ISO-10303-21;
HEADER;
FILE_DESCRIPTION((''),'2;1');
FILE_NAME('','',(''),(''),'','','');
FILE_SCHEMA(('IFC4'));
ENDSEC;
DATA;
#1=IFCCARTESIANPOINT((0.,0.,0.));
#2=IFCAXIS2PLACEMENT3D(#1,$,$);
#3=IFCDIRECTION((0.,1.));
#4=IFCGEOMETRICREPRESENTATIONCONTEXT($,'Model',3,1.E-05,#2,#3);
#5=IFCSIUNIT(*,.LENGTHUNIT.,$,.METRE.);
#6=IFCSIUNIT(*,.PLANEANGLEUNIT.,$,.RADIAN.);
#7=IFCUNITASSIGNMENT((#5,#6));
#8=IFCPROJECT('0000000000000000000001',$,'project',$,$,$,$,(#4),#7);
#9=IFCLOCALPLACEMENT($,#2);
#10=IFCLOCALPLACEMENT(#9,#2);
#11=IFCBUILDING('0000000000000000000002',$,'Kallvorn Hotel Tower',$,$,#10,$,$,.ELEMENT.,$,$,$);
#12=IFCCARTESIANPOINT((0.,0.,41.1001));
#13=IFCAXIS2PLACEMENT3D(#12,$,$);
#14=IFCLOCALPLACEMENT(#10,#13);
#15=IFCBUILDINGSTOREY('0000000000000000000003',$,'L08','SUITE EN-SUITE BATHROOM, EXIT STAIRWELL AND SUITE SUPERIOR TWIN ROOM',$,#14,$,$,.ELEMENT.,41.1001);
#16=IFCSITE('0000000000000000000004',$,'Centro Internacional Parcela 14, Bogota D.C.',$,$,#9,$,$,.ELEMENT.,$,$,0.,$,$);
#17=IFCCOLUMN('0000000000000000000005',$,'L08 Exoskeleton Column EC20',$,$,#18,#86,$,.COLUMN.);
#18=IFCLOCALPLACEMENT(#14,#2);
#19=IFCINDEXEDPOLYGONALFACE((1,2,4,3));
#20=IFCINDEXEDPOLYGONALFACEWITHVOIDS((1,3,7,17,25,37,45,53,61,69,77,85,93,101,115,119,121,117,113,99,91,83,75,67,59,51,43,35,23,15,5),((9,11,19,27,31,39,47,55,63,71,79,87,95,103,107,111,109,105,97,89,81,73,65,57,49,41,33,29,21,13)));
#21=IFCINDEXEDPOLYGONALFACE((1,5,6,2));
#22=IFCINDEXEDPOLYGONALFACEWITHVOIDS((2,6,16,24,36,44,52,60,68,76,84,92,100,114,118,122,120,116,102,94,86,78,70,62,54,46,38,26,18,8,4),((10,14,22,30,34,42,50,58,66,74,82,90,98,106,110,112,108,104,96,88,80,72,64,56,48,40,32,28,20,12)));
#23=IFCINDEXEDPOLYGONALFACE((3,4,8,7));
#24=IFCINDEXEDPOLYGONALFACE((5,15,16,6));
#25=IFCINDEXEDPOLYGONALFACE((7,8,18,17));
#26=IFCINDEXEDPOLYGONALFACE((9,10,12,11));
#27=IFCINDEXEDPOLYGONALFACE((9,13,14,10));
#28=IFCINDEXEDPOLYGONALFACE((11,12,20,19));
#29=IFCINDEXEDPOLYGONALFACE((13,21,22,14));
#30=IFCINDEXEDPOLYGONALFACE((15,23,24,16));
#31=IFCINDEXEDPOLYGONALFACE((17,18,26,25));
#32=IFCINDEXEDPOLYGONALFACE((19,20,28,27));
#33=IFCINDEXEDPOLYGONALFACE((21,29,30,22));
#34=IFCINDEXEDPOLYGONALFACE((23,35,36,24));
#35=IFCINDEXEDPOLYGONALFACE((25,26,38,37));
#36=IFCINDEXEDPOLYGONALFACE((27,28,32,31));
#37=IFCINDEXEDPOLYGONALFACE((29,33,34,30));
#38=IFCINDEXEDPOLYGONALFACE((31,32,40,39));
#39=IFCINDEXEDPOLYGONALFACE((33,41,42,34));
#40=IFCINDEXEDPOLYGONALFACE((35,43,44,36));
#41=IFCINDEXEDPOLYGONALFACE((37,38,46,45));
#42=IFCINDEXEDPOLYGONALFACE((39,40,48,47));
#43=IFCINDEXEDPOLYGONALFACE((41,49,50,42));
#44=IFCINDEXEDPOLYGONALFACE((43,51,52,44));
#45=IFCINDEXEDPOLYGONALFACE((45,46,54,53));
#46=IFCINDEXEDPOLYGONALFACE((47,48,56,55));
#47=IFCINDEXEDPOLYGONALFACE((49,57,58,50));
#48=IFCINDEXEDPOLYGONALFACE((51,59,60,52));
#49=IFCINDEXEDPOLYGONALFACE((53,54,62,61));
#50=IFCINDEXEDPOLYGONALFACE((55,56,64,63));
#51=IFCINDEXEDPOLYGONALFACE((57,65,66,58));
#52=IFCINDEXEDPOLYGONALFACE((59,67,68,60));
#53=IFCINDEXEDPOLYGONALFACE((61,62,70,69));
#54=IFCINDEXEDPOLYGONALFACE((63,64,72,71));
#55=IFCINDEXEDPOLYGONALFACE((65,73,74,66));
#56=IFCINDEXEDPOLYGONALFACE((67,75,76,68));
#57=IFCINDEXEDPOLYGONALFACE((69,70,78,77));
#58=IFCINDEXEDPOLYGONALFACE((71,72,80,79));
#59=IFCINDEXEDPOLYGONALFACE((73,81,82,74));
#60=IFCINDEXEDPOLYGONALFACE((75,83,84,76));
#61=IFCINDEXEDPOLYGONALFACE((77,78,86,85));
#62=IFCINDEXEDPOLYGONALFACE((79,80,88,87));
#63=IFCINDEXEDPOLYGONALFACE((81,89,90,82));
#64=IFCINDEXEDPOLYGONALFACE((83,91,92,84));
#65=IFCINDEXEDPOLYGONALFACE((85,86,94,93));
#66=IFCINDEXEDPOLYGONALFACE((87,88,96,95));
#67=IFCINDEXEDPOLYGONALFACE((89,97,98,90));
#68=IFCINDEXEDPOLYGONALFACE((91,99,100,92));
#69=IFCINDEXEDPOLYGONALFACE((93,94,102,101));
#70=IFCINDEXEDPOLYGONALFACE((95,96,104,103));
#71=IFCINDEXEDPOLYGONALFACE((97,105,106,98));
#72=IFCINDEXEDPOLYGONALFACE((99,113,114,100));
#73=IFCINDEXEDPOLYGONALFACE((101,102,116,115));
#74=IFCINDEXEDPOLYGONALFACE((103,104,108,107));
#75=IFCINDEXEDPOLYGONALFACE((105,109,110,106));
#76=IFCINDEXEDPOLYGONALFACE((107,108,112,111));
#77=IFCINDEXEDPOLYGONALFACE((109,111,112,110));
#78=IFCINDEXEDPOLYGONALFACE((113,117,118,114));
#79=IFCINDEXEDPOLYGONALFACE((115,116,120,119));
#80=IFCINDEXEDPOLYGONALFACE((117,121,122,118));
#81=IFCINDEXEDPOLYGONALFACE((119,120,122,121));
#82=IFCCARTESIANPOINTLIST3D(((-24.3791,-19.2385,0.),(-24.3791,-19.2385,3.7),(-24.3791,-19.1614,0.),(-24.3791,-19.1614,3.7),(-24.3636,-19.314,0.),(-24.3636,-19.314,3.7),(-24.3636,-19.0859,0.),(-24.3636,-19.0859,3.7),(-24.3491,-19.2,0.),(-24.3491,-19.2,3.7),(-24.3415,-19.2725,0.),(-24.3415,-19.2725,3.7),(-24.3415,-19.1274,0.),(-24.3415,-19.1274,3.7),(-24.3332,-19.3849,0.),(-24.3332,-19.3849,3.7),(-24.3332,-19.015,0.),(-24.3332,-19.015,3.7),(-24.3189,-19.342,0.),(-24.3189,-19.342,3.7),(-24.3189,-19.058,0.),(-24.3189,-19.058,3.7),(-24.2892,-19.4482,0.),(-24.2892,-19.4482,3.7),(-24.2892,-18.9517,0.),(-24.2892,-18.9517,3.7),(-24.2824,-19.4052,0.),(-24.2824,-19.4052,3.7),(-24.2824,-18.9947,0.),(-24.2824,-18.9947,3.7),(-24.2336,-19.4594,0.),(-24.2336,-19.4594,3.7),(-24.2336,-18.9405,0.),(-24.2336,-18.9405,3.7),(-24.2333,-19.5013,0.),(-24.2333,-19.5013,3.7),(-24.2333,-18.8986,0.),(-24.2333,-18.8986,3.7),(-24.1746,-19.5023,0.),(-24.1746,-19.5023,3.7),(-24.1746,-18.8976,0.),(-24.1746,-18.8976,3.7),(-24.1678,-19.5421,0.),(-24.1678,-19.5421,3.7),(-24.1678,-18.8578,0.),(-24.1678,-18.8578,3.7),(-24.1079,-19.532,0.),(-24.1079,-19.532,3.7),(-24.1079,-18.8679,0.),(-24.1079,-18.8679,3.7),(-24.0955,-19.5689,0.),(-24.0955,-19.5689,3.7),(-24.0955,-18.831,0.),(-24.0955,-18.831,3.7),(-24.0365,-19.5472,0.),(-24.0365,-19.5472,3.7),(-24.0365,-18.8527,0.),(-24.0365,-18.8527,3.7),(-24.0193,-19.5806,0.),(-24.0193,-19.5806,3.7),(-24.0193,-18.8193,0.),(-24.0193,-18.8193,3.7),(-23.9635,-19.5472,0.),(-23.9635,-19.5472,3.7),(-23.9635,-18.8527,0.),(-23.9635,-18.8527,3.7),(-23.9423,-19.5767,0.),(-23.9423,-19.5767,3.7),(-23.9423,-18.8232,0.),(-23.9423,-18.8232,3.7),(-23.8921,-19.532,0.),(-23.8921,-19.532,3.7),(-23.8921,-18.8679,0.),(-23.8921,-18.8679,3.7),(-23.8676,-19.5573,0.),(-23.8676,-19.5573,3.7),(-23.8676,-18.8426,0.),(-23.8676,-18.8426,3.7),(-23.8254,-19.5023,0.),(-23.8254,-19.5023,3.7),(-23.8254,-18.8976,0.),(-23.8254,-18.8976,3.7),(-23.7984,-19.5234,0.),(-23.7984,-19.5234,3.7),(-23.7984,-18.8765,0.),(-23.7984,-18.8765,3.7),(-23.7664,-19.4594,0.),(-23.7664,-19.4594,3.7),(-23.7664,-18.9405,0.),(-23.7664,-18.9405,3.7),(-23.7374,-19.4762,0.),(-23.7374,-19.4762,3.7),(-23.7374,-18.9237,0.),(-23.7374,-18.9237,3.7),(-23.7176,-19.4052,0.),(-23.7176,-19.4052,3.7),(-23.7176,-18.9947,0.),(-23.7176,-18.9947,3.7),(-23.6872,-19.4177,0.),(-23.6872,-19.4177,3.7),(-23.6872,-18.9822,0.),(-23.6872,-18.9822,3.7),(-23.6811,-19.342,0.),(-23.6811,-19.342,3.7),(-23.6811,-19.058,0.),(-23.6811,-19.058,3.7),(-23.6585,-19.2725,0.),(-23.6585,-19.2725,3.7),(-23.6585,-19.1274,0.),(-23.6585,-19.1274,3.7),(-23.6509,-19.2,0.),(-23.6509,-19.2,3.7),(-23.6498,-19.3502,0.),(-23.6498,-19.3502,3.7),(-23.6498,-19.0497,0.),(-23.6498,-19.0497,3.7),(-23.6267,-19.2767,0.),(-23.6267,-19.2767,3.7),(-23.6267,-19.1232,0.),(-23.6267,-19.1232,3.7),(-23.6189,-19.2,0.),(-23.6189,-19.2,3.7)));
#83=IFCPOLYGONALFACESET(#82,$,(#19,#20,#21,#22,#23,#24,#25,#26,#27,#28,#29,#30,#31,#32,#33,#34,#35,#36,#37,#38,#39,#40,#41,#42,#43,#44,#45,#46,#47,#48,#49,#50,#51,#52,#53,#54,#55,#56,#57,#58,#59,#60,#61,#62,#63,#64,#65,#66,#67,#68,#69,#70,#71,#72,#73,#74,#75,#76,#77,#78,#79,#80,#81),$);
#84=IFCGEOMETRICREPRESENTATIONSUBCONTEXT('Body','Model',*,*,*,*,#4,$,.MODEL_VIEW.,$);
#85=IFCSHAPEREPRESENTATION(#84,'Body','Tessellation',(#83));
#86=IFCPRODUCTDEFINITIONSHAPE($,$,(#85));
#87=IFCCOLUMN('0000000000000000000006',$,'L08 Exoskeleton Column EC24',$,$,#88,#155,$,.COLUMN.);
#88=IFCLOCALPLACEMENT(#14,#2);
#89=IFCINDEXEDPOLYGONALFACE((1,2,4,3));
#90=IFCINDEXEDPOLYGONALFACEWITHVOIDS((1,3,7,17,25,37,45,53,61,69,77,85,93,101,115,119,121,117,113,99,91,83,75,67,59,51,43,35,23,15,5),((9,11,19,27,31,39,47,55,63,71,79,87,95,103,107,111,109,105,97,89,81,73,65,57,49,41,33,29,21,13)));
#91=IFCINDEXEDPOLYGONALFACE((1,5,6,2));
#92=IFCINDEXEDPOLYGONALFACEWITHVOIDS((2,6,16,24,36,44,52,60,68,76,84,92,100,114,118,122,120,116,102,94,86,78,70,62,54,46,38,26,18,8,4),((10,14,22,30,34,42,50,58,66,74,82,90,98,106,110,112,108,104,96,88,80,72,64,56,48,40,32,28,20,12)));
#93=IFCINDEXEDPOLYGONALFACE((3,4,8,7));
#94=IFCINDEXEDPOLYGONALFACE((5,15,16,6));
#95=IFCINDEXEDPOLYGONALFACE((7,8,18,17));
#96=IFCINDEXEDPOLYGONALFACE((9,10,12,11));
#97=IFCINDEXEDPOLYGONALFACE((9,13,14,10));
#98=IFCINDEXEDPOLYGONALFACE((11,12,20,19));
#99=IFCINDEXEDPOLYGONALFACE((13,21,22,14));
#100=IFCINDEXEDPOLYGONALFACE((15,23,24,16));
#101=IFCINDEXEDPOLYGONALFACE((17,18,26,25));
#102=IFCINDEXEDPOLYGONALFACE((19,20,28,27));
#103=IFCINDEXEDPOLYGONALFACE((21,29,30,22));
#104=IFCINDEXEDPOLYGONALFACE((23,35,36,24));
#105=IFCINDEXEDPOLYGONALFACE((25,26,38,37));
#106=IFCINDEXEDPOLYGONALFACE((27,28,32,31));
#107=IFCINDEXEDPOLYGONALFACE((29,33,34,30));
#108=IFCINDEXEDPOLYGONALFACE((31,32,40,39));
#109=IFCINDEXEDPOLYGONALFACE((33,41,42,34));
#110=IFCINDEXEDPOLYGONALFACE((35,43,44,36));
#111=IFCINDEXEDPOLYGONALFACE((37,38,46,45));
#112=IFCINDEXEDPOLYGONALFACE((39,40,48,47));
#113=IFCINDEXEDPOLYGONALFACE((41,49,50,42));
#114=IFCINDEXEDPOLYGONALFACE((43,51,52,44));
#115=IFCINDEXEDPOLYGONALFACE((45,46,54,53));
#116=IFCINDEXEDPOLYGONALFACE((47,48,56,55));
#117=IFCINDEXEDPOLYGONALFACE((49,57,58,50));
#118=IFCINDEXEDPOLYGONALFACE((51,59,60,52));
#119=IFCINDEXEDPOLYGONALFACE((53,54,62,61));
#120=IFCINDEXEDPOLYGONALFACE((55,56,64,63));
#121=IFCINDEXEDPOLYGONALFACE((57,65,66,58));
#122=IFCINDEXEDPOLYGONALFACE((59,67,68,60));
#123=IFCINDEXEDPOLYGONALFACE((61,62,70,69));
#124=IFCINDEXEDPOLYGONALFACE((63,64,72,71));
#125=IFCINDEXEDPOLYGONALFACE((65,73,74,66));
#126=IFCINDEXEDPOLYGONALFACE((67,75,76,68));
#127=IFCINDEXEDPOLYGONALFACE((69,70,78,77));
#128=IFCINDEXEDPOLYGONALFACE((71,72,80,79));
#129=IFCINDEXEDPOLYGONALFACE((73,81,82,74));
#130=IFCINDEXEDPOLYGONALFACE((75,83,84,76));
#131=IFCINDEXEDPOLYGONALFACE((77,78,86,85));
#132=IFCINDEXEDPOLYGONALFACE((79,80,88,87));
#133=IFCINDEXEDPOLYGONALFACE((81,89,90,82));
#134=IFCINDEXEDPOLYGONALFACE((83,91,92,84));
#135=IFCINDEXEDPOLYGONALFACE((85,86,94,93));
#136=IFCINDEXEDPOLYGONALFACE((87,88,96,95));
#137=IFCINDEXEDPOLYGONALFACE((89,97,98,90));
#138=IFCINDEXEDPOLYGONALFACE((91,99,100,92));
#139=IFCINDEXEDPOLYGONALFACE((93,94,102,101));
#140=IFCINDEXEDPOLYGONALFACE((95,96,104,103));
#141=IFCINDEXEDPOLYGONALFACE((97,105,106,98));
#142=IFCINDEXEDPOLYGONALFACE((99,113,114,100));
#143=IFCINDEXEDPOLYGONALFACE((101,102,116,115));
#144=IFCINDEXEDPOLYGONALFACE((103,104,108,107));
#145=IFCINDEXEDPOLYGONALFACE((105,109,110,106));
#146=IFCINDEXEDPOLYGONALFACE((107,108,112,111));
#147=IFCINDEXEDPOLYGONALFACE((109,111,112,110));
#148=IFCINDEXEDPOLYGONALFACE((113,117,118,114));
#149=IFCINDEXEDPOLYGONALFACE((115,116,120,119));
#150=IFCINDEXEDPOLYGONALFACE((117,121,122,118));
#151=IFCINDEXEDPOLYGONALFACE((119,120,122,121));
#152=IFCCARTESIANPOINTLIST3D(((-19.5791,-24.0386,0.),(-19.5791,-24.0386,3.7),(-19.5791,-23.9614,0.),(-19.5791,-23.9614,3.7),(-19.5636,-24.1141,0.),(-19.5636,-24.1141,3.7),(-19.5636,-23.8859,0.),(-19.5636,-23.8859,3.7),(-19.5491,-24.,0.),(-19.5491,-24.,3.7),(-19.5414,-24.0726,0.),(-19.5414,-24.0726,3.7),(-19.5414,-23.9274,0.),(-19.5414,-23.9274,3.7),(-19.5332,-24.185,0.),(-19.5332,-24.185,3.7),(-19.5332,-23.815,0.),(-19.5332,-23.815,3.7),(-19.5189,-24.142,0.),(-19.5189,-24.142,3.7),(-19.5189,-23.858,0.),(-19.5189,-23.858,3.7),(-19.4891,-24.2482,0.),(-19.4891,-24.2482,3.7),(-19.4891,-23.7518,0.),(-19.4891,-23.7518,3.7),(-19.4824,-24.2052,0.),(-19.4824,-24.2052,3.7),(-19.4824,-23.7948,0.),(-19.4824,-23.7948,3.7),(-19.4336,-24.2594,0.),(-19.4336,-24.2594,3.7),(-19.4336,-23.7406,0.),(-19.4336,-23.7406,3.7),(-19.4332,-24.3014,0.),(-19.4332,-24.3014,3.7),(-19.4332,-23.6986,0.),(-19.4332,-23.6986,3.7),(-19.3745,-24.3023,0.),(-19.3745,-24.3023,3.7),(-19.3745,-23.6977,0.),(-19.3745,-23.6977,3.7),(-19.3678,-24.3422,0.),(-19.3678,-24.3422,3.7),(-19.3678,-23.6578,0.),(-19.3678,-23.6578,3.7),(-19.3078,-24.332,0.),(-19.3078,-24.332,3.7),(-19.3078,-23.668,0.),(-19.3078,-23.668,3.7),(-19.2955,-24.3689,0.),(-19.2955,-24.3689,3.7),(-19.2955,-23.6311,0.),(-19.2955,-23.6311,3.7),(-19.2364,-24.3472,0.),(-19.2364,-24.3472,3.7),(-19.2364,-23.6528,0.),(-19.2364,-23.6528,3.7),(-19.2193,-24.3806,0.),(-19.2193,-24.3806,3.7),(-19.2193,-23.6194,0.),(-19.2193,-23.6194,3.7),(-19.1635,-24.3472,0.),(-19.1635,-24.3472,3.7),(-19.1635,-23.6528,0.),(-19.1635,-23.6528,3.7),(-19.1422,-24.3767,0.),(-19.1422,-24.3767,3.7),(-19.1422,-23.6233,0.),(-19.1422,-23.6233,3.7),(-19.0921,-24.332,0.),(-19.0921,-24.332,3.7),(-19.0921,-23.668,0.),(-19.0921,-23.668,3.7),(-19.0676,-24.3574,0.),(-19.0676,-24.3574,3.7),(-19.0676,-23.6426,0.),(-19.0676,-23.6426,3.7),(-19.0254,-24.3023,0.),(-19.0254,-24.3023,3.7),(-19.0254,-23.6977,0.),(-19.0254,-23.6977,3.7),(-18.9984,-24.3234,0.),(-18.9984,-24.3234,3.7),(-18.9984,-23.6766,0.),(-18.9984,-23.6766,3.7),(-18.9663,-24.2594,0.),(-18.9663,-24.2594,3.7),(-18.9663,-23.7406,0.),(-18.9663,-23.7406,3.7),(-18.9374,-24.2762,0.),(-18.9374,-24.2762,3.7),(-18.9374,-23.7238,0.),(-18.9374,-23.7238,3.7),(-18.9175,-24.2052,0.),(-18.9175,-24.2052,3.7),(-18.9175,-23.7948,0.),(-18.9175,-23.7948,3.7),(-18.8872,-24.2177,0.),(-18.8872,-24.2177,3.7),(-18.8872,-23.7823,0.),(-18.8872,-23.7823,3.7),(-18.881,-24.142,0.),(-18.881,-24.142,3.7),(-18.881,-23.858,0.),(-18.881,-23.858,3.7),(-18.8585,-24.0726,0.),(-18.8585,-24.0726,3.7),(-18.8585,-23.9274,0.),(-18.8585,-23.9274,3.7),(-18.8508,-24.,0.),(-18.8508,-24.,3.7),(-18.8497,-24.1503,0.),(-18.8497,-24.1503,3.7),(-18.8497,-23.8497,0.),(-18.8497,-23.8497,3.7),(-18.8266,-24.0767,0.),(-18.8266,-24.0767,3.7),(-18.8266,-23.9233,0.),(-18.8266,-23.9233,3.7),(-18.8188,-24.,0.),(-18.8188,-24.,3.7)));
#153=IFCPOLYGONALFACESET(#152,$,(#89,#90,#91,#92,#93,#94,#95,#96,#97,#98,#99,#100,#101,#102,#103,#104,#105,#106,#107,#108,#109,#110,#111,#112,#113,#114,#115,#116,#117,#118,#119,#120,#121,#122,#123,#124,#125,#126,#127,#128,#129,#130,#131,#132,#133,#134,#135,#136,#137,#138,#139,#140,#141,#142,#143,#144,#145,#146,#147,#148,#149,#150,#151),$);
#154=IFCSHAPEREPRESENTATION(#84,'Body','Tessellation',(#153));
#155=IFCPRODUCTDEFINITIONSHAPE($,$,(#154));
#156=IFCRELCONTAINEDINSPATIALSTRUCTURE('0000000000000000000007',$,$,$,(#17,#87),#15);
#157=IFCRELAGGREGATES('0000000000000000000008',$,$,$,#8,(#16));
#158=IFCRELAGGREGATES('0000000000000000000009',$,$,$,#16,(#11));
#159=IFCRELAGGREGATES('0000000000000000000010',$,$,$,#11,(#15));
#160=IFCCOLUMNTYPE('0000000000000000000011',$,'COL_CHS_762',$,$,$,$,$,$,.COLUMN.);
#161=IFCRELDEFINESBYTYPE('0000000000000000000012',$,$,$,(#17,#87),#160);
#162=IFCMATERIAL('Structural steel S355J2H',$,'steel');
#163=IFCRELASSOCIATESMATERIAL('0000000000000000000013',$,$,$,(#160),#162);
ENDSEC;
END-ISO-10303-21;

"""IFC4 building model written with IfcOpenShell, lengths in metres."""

from ifc_helpers import new_model, si_unit, direction, frame, origin, origin_2d, place, context, subcontext, project, spatial, hollow_circle, extrude, material, material_profile, profile_set, type_object, element, save


model = new_model("IFC4")

# Units and contexts
model_context = context("Model", 3, precision=1e-05, world=origin(), true_north=direction((0.0, 1.0)))
body_context = subcontext(model_context, "Body", "Model", "MODEL_VIEW")
ifc_project = project(units=[si_unit("LENGTHUNIT", "METRE"), si_unit("PLANEANGLEUNIT", "RADIAN")], contexts=[model_context])

# Site, building, storey
site_placement = place(None, origin())
site = spatial("IfcSite", under=ifc_project, at=site_placement, Name="Centro Internacional Parcela 14, Bogota D.C.", CompositionType="ELEMENT", RefElevation=0.0)
building_placement = place(site_placement, origin())
building = spatial("IfcBuilding", under=site, at=building_placement, Name="Kallvorn Hotel Tower", CompositionType="ELEMENT")
storey_placement = place(building_placement, frame((0.0, 0.0, 41.1001)))
storey = spatial("IfcBuildingStorey", under=building, at=storey_placement, Name="L08", Description="SUITE EN-SUITE BATHROOM, EXIT STAIRWELL AND SUITE SUPERIOR TWIN ROOM", CompositionType="ELEMENT", Elevation=41.1001)

# Columns
ifc_material_1 = material(Name="Structural steel S355J2H", Category="steel")
ifc_material_profile_1 = material_profile(ifc_material_1, hollow_circle(Radius=0.3811, WallThickness=0.032, at=origin_2d()), Name="CHS 762x32")
ifc_profile_set_1 = profile_set([ifc_material_profile_1], Name="Structural steel S355J2H")
column_type = type_object("IfcColumnType", Name="COL_CHS_762", PredefinedType="COLUMN", material=ifc_profile_set_1)
for number, where, z_axis, x_axis, name in (
    (1, (-24.0, -19.2, 0.0), (0.0, 0.0, 1.0), (1.0, 0.0, 0.0), "L08 Exoskeleton Column EC20"),
    (2, (-19.2, -24.0, 0.0), (0.0, 0.0, 1.0), (1.0, 0.0, 0.0), "L08 Exoskeleton Column EC24"),
):
    element("IfcColumn", number, at=place(storey_placement, frame(where, z_axis=z_axis, x_axis=x_axis)), inside=storey, type_object=column_type, Name=name, PredefinedType="COLUMN", context=body_context, shape_type="SweptSolid", body=[
        extrude(hollow_circle(Radius=0.3811, WallThickness=0.032, at=origin_2d()), origin(), (0.0, 0.0, 1.0), 3.7),
    ])

save(model, "model.ifc")
